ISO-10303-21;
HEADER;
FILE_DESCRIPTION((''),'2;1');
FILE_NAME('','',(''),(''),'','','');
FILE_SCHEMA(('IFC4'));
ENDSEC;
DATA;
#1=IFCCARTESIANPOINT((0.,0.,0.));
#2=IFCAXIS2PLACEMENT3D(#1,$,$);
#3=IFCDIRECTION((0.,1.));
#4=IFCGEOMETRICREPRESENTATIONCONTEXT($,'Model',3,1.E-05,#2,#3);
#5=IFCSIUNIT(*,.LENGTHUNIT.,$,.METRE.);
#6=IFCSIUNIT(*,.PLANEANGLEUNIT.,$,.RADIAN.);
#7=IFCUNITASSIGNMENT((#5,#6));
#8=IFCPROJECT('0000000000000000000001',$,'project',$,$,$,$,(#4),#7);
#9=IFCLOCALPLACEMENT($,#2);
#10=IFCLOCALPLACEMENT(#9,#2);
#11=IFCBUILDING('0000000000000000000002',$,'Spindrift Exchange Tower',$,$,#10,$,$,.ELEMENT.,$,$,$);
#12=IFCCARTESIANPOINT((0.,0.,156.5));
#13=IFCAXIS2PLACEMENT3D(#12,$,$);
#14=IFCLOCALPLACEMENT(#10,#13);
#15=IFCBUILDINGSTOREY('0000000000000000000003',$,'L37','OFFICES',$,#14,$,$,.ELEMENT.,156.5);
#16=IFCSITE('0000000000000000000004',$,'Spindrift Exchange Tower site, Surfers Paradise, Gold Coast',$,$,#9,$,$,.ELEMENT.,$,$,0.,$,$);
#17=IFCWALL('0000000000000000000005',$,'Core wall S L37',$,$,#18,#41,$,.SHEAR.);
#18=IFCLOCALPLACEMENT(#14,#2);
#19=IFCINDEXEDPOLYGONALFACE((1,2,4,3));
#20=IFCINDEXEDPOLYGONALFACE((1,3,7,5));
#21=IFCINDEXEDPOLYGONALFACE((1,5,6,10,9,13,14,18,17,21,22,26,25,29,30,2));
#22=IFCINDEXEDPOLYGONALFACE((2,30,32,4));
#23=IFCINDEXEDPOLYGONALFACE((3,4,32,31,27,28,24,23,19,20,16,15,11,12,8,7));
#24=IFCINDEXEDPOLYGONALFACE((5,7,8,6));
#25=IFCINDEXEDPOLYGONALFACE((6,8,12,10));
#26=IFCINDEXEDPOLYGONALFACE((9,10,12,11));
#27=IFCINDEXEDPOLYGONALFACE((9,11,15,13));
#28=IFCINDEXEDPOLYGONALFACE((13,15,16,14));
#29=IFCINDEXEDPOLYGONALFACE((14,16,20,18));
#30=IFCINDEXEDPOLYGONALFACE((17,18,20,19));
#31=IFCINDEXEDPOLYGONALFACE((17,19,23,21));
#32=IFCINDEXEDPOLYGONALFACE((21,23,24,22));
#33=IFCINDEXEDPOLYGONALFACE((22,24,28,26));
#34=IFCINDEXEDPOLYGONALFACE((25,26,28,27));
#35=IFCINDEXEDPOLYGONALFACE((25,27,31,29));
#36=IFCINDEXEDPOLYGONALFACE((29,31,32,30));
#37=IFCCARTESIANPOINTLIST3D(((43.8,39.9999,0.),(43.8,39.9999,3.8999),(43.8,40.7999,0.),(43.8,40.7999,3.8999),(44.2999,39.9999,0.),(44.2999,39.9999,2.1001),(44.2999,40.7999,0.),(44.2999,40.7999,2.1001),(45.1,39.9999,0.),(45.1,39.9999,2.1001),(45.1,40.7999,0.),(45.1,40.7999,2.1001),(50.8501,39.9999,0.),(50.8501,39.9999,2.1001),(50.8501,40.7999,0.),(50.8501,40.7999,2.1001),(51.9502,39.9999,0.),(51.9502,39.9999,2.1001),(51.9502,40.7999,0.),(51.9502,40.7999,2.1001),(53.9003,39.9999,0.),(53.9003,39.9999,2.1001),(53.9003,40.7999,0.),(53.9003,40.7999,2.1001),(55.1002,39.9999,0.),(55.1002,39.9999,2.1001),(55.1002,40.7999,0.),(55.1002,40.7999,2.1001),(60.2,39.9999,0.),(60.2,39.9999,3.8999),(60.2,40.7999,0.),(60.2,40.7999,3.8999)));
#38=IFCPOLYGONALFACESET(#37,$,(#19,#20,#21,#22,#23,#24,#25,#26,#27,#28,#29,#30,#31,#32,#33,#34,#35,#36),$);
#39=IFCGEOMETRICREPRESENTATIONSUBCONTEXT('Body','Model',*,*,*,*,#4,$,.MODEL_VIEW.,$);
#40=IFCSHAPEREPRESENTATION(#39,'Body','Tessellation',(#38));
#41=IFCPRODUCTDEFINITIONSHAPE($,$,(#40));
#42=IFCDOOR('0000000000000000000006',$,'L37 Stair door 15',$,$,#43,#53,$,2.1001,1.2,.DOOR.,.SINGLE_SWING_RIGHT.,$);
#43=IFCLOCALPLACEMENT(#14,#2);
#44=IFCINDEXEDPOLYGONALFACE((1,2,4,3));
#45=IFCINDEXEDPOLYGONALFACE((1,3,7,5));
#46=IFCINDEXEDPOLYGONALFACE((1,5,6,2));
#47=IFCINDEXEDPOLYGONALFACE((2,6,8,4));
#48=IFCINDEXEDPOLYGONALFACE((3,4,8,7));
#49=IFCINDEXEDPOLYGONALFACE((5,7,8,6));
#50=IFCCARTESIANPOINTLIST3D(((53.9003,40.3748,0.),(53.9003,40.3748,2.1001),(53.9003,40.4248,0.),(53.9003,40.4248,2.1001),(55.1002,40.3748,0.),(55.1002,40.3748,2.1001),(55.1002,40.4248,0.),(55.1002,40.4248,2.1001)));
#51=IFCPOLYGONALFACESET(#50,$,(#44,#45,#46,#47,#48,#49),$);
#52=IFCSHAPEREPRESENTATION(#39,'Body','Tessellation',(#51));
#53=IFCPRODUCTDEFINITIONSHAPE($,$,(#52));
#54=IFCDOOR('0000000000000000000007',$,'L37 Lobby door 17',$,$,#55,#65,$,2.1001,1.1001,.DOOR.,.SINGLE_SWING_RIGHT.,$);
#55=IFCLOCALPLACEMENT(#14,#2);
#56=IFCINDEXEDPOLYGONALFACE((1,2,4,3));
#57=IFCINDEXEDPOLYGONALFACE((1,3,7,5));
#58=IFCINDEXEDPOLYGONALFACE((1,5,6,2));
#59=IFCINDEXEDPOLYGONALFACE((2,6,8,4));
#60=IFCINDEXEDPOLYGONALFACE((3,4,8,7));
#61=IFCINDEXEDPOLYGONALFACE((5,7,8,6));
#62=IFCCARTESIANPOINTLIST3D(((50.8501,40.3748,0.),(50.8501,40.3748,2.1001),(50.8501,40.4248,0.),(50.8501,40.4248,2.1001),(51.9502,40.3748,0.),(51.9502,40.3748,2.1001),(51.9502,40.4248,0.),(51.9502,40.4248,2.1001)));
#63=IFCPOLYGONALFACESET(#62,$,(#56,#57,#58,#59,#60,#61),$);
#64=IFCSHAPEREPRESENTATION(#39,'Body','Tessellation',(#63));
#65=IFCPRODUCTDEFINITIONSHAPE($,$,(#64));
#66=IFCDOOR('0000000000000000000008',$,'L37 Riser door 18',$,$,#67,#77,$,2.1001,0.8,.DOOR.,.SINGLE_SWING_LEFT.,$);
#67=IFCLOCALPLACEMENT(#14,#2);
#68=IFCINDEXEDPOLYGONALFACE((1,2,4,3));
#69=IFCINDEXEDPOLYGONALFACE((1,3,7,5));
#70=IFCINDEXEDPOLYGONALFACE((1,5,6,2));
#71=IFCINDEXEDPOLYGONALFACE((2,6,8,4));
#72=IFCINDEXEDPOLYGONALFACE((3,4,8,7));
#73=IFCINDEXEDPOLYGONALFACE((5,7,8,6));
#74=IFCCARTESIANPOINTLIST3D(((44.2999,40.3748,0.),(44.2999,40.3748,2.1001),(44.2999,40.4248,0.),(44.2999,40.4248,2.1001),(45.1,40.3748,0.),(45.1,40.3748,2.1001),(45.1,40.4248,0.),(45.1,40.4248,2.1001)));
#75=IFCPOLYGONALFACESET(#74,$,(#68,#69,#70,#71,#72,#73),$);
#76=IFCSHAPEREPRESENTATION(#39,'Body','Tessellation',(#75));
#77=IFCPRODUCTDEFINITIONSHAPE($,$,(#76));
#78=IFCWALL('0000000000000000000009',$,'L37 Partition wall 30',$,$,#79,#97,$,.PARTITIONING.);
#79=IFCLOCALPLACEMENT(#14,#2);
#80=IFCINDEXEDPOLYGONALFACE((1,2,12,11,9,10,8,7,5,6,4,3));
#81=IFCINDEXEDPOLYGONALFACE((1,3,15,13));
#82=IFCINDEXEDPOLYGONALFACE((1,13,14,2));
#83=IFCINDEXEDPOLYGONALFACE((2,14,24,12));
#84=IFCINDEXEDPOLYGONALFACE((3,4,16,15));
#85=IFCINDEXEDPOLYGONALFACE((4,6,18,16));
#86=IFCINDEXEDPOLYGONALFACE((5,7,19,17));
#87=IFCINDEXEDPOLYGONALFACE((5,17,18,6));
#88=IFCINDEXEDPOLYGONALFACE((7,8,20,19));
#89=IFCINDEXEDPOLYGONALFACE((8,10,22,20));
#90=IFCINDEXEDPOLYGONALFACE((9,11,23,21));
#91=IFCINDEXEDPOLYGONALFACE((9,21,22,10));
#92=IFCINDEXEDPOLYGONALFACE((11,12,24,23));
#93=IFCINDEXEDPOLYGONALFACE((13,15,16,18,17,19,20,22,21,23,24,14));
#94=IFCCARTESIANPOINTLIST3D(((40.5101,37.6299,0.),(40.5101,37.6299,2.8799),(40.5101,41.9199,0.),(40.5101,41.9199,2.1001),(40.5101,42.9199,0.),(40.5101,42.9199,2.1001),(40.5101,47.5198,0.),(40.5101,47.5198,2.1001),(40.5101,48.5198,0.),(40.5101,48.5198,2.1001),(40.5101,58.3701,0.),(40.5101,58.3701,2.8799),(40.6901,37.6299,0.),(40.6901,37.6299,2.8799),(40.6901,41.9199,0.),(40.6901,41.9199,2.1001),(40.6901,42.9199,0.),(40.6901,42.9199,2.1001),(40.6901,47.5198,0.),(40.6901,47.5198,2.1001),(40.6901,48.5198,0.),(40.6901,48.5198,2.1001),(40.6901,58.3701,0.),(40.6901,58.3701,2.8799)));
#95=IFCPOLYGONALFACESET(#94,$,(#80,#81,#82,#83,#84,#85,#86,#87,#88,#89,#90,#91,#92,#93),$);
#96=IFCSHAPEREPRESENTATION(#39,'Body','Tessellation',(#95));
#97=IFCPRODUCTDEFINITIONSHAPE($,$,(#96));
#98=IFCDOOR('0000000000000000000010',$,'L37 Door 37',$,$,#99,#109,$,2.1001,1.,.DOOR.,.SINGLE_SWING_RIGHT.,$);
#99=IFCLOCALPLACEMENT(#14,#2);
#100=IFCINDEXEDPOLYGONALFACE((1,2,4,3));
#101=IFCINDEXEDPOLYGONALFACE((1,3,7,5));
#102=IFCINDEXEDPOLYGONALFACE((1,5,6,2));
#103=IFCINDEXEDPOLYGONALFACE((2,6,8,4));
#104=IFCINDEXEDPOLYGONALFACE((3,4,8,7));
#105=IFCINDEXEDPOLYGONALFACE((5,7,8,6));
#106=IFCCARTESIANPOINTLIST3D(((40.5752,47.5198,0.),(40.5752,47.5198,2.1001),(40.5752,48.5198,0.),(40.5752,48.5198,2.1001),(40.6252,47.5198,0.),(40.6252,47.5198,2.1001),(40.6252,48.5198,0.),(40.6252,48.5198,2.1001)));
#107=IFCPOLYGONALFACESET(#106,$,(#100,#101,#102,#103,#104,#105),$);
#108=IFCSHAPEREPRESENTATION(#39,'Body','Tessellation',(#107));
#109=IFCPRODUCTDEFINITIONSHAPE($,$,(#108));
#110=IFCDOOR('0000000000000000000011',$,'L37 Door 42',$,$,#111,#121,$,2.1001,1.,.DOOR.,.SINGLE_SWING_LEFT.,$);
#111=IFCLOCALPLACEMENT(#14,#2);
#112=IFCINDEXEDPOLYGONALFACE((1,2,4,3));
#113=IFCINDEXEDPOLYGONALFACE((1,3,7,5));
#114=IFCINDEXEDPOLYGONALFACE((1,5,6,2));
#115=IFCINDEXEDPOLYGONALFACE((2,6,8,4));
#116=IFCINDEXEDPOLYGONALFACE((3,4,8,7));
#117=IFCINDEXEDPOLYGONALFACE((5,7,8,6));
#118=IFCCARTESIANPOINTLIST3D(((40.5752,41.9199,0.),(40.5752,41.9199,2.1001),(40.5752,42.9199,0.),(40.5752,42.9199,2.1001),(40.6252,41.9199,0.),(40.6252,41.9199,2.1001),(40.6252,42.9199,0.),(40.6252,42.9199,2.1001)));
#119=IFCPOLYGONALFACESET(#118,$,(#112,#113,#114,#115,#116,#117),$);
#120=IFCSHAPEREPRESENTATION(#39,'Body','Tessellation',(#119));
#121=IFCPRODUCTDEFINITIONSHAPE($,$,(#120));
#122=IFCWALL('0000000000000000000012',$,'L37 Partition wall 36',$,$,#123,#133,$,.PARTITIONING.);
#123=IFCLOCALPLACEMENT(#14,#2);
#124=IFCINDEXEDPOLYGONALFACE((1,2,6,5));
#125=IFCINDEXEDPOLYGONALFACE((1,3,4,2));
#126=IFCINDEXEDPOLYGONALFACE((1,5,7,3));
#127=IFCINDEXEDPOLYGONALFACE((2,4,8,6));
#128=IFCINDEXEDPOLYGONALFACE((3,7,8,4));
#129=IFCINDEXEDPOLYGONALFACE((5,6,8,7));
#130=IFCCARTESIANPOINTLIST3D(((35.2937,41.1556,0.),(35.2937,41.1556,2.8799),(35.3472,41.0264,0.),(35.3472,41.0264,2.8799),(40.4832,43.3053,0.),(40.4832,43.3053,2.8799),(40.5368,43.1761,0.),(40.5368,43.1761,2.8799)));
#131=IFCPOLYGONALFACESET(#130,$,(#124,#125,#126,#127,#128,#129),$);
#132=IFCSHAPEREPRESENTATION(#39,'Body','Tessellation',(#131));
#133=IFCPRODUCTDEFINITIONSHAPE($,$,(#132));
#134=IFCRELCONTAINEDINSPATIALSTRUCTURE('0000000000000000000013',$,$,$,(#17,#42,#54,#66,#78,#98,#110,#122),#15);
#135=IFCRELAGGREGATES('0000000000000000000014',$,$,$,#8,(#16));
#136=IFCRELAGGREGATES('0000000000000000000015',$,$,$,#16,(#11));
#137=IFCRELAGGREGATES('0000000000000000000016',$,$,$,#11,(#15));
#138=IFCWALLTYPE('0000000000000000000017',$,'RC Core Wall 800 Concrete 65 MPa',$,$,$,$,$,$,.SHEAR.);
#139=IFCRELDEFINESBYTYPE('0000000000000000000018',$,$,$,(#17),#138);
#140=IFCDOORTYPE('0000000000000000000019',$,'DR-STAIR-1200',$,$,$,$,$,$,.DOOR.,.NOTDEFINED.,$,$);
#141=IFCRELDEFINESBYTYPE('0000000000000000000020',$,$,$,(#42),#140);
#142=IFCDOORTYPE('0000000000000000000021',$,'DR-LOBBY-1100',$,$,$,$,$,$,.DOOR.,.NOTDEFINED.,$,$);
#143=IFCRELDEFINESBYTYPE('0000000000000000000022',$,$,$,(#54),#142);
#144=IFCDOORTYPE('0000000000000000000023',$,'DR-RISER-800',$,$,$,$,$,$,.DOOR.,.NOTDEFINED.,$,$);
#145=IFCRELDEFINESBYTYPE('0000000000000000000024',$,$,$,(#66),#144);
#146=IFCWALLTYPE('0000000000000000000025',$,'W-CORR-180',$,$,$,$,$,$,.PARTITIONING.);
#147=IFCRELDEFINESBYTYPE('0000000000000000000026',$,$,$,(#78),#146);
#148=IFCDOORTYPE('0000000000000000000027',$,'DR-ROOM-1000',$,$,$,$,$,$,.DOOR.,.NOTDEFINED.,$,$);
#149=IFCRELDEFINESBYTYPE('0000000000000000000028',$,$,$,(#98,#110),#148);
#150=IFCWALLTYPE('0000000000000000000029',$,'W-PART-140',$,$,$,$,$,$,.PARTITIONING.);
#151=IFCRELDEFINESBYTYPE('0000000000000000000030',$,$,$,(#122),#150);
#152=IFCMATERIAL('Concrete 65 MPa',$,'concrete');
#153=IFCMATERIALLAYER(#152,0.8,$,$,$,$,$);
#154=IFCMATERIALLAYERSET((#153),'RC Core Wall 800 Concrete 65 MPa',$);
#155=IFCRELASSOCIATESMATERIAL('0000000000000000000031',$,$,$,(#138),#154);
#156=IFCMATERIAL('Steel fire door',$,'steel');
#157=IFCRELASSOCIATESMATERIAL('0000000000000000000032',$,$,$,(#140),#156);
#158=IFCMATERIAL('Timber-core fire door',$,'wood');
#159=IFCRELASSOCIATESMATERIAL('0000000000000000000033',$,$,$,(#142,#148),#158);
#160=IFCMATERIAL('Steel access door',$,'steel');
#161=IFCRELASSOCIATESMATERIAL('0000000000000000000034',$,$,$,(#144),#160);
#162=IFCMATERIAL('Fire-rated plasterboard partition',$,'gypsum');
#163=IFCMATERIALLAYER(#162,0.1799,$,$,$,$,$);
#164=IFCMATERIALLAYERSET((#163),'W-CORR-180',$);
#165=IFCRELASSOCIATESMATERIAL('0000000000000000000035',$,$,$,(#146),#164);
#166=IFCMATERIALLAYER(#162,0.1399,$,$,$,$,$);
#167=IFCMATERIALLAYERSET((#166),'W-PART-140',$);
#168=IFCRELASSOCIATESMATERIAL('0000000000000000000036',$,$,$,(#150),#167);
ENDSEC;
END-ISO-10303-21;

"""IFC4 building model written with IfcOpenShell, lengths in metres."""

from ifc_helpers import new_model, si_unit, direction, frame, frame_2d, origin, place, context, subcontext, project, spatial, rectangle, extrude, source, transform, mapped, material, layer, layer_set, type_object, element, fill, save


model = new_model("IFC4")

# Units and contexts
model_context = context("Model", 3, precision=1e-05, world=origin(), true_north=direction((0.0, 1.0)))
body_context = subcontext(model_context, "Body", "Model", "MODEL_VIEW")
ifc_project = project(units=[si_unit("LENGTHUNIT", "METRE"), si_unit("PLANEANGLEUNIT", "RADIAN")], contexts=[model_context])

# Site, building, storey
site_placement = place(None, origin())
site = spatial("IfcSite", under=ifc_project, at=site_placement, Name="Spindrift Exchange Tower site, Surfers Paradise, Gold Coast", CompositionType="ELEMENT", RefElevation=0.0)
building_placement = place(site_placement, origin())
building = spatial("IfcBuilding", under=site, at=building_placement, Name="Spindrift Exchange Tower", CompositionType="ELEMENT")
storey_placement = place(building_placement, frame((0.0, 0.0, 156.5)))
storey = spatial("IfcBuildingStorey", under=building, at=storey_placement, Name="L37", Description="OFFICES", CompositionType="ELEMENT", Elevation=156.5)

# Walls, openings, doors
ifc_material_1 = material(Name="Concrete 65 MPa", Category="concrete")
ifc_layer_1 = layer(ifc_material_1, 0.8)
ifc_layer_set_1 = layer_set([ifc_layer_1], Name="RC Core Wall 800 Concrete 65 MPa")
wall_type_1 = type_object("IfcWallType", Name="RC Core Wall 800 Concrete 65 MPa", PredefinedType="SHEAR", material=ifc_layer_set_1)
wall_1_placement = place(storey_placement, frame((43.8, 40.3999, 0.0), z_axis=(0.0, 0.0, 1.0), x_axis=(1.0, 0.0, 0.0)))
wall_1 = element("IfcWall", 1, at=wall_1_placement, inside=storey, type_object=wall_type_1, Name="Core wall S L37", PredefinedType="SHEAR", context=body_context, shape_type="SweptSolid", body=[
    extrude(rectangle(XDim=16.3999, YDim=0.8, at=frame_2d((8.2, 0.0))), origin(), (0.0, 0.0, 1.0), 3.8999),
])
opening_1_placement = place(wall_1_placement, frame((10.1001, 0.0, 0.0)))
opening_1 = element("IfcOpeningElement", 2, at=opening_1_placement, cuts=wall_1, PredefinedType="OPENING", context=body_context, shape_type="SweptSolid", body=[
    extrude(rectangle(XDim=1.2, YDim=2.1001, at=frame_2d((0.6001, 1.05))), frame((0.0, 0.4099, 0.0), z_axis=(0.0, -1.0, 0.0), x_axis=(1.0, 0.0, 0.0)), (0.0, 0.0, 1.0), 0.8201),
])
opening_2_placement = place(wall_1_placement, frame((7.05, 0.0, 0.0)))
opening_2 = element("IfcOpeningElement", 3, at=opening_2_placement, cuts=wall_1, PredefinedType="OPENING", context=body_context, shape_type="SweptSolid", body=[
    extrude(rectangle(XDim=1.1001, YDim=2.1001, at=frame_2d((0.55, 1.05))), frame((0.0, 0.4099, 0.0), z_axis=(0.0, -1.0, 0.0), x_axis=(1.0, 0.0, 0.0)), (0.0, 0.0, 1.0), 0.8201),
])
opening_3_placement = place(wall_1_placement, frame((0.5, 0.0, 0.0)))
opening_3 = element("IfcOpeningElement", 4, at=opening_3_placement, cuts=wall_1, PredefinedType="OPENING", context=body_context, shape_type="SweptSolid", body=[
    extrude(rectangle(XDim=0.8, YDim=2.1001, at=frame_2d((0.3999, 1.05))), frame((0.0, 0.4099, 0.0), z_axis=(0.0, -1.0, 0.0), x_axis=(1.0, 0.0, 0.0)), (0.0, 0.0, 1.0), 0.8201),
])
ifc_material_2 = material(Name="Steel fire door", Category="steel")
door_type_1 = type_object("IfcDoorType", Name="DR-STAIR-1200", OperationType="NOTDEFINED", PredefinedType="DOOR", material=ifc_material_2)
shared_shape_1 = source(origin(), body_context, "Body", "SweptSolid", [
    extrude(rectangle(XDim=1.2, YDim=2.1001, at=frame_2d((0.6001, 1.05))), frame((0.0, 0.0249, 0.0), z_axis=(0.0, -1.0, 0.0), x_axis=(1.0, 0.0, 0.0)), (0.0, 0.0, 1.0), 0.05),
])
door_1_placement = place(opening_1_placement, origin())
door_1 = element("IfcDoor", 5, at=door_1_placement, inside=storey, type_object=door_type_1, Name="L37 Stair door 15", OperationType="SINGLE_SWING_RIGHT", OverallHeight=2.1001, OverallWidth=1.2, PredefinedType="DOOR", context=body_context, shape_type="MappedRepresentation", body=[
    mapped(shared_shape_1, transform((0.0, 0.0, 0.0), scale=1.0)),
])
fill(opening_1, door_1)
ifc_material_3 = material(Name="Timber-core fire door", Category="wood")
door_type_2 = type_object("IfcDoorType", Name="DR-LOBBY-1100", OperationType="NOTDEFINED", PredefinedType="DOOR", material=ifc_material_3)
shared_shape_2 = source(origin(), body_context, "Body", "SweptSolid", [
    extrude(rectangle(XDim=1.1001, YDim=2.1001, at=frame_2d((0.55, 1.05))), frame((0.0, 0.0249, 0.0), z_axis=(0.0, -1.0, 0.0), x_axis=(1.0, 0.0, 0.0)), (0.0, 0.0, 1.0), 0.05),
])
door_2_placement = place(opening_2_placement, origin())
door_2 = element("IfcDoor", 6, at=door_2_placement, inside=storey, type_object=door_type_2, Name="L37 Lobby door 17", OperationType="SINGLE_SWING_RIGHT", OverallHeight=2.1001, OverallWidth=1.1001, PredefinedType="DOOR", context=body_context, shape_type="MappedRepresentation", body=[
    mapped(shared_shape_2, transform((0.0, 0.0, 0.0), scale=1.0)),
])
fill(opening_2, door_2)
ifc_material_4 = material(Name="Steel access door", Category="steel")
door_type_3 = type_object("IfcDoorType", Name="DR-RISER-800", OperationType="NOTDEFINED", PredefinedType="DOOR", material=ifc_material_4)
shared_shape_3 = source(origin(), body_context, "Body", "SweptSolid", [
    extrude(rectangle(XDim=0.8, YDim=2.1001, at=frame_2d((0.3999, 1.05))), frame((0.0, 0.0249, 0.0), z_axis=(0.0, -1.0, 0.0), x_axis=(1.0, 0.0, 0.0)), (0.0, 0.0, 1.0), 0.05),
])
door_3_placement = place(opening_3_placement, origin())
door_3 = element("IfcDoor", 7, at=door_3_placement, inside=storey, type_object=door_type_3, Name="L37 Riser door 18", OperationType="SINGLE_SWING_LEFT", OverallHeight=2.1001, OverallWidth=0.8, PredefinedType="DOOR", context=body_context, shape_type="MappedRepresentation", body=[
    mapped(shared_shape_3, transform((0.0, 0.0, 0.0), scale=1.0)),
])
fill(opening_3, door_3)
ifc_material_5 = material(Name="Fire-rated plasterboard partition", Category="gypsum")
ifc_layer_2 = layer(ifc_material_5, 0.1799)
ifc_layer_set_2 = layer_set([ifc_layer_2], Name="W-CORR-180")
wall_type_2 = type_object("IfcWallType", Name="W-CORR-180", PredefinedType="PARTITIONING", material=ifc_layer_set_2)
wall_2_placement = place(storey_placement, frame((40.6001, 37.6299, 0.0), z_axis=(0.0, 0.0, 1.0), x_axis=(0.0, 1.0, 0.0)))
wall_2 = element("IfcWall", 8, at=wall_2_placement, inside=storey, type_object=wall_type_2, Name="L37 Partition wall 30", PredefinedType="PARTITIONING", context=body_context, shape_type="SweptSolid", body=[
    extrude(rectangle(XDim=20.7402, YDim=0.1799, at=frame_2d((10.3701, 0.0))), origin(), (0.0, 0.0, 1.0), 2.8799),
])
opening_4_placement = place(wall_2_placement, frame((9.8899, 0.0, 0.0)))
opening_4 = element("IfcOpeningElement", 9, at=opening_4_placement, cuts=wall_2, PredefinedType="OPENING", context=body_context, shape_type="SweptSolid", body=[
    extrude(rectangle(XDim=1.0, YDim=2.1001, at=frame_2d((0.5, 1.05))), frame((0.0, 0.0999, 0.0), z_axis=(0.0, -1.0, 0.0), x_axis=(1.0, 0.0, 0.0)), (0.0, 0.0, 1.0), 0.2),
])
opening_5_placement = place(wall_2_placement, frame((4.29, 0.0, 0.0)))
opening_5 = element("IfcOpeningElement", 10, at=opening_5_placement, cuts=wall_2, PredefinedType="OPENING", context=body_context, shape_type="SweptSolid", body=[
    extrude(rectangle(XDim=1.0, YDim=2.1001, at=frame_2d((0.5, 1.05))), frame((0.0, 0.0999, 0.0), z_axis=(0.0, -1.0, 0.0), x_axis=(1.0, 0.0, 0.0)), (0.0, 0.0, 1.0), 0.2),
])
door_type_4 = type_object("IfcDoorType", Name="DR-ROOM-1000", OperationType="NOTDEFINED", PredefinedType="DOOR", material=ifc_material_3)
shared_shape_4 = source(origin(), body_context, "Body", "SweptSolid", [
    extrude(rectangle(XDim=1.0, YDim=2.1001, at=frame_2d((0.5, 1.05))), frame((0.0, 0.0249, 0.0), z_axis=(0.0, -1.0, 0.0), x_axis=(1.0, 0.0, 0.0)), (0.0, 0.0, 1.0), 0.05),
])
door_4_placement = place(opening_4_placement, origin())
door_4 = element("IfcDoor", 11, at=door_4_placement, inside=storey, type_object=door_type_4, Name="L37 Door 37", OperationType="SINGLE_SWING_RIGHT", OverallHeight=2.1001, OverallWidth=1.0, PredefinedType="DOOR", context=body_context, shape_type="MappedRepresentation", body=[
    mapped(shared_shape_4, transform((0.0, 0.0, 0.0), scale=1.0)),
])
fill(opening_4, door_4)
door_5_placement = place(opening_5_placement, origin())
door_5 = element("IfcDoor", 12, at=door_5_placement, inside=storey, type_object=door_type_4, Name="L37 Door 42", OperationType="SINGLE_SWING_LEFT", OverallHeight=2.1001, OverallWidth=1.0, PredefinedType="DOOR", context=body_context, shape_type="MappedRepresentation", body=[
    mapped(shared_shape_4, transform((0.0, 0.0, 0.0), scale=1.0)),
])
fill(opening_5, door_5)

# Wall
ifc_layer_3 = layer(ifc_material_5, 0.1399)
ifc_layer_set_3 = layer_set([ifc_layer_3], Name="W-PART-140")
wall_type_3 = type_object("IfcWallType", Name="W-PART-140", PredefinedType="PARTITIONING", material=ifc_layer_set_3)
wall_3_placement = place(storey_placement, frame((40.51, 43.2407, 0.0), z_axis=(0.0, 0.0, 1.0), x_axis=(-0.923872, -0.382701, 0.0)))
element("IfcWall", 13, at=wall_3_placement, inside=storey, type_object=wall_type_3, Name="L37 Partition wall 36", PredefinedType="PARTITIONING", context=body_context, shape_type="SweptSolid", body=[
    extrude(rectangle(XDim=5.6172, YDim=0.1399, at=frame_2d((2.8086, 0.0))), origin(), (0.0, 0.0, 1.0), 2.8799),
])

save(model, "model.ifc")
